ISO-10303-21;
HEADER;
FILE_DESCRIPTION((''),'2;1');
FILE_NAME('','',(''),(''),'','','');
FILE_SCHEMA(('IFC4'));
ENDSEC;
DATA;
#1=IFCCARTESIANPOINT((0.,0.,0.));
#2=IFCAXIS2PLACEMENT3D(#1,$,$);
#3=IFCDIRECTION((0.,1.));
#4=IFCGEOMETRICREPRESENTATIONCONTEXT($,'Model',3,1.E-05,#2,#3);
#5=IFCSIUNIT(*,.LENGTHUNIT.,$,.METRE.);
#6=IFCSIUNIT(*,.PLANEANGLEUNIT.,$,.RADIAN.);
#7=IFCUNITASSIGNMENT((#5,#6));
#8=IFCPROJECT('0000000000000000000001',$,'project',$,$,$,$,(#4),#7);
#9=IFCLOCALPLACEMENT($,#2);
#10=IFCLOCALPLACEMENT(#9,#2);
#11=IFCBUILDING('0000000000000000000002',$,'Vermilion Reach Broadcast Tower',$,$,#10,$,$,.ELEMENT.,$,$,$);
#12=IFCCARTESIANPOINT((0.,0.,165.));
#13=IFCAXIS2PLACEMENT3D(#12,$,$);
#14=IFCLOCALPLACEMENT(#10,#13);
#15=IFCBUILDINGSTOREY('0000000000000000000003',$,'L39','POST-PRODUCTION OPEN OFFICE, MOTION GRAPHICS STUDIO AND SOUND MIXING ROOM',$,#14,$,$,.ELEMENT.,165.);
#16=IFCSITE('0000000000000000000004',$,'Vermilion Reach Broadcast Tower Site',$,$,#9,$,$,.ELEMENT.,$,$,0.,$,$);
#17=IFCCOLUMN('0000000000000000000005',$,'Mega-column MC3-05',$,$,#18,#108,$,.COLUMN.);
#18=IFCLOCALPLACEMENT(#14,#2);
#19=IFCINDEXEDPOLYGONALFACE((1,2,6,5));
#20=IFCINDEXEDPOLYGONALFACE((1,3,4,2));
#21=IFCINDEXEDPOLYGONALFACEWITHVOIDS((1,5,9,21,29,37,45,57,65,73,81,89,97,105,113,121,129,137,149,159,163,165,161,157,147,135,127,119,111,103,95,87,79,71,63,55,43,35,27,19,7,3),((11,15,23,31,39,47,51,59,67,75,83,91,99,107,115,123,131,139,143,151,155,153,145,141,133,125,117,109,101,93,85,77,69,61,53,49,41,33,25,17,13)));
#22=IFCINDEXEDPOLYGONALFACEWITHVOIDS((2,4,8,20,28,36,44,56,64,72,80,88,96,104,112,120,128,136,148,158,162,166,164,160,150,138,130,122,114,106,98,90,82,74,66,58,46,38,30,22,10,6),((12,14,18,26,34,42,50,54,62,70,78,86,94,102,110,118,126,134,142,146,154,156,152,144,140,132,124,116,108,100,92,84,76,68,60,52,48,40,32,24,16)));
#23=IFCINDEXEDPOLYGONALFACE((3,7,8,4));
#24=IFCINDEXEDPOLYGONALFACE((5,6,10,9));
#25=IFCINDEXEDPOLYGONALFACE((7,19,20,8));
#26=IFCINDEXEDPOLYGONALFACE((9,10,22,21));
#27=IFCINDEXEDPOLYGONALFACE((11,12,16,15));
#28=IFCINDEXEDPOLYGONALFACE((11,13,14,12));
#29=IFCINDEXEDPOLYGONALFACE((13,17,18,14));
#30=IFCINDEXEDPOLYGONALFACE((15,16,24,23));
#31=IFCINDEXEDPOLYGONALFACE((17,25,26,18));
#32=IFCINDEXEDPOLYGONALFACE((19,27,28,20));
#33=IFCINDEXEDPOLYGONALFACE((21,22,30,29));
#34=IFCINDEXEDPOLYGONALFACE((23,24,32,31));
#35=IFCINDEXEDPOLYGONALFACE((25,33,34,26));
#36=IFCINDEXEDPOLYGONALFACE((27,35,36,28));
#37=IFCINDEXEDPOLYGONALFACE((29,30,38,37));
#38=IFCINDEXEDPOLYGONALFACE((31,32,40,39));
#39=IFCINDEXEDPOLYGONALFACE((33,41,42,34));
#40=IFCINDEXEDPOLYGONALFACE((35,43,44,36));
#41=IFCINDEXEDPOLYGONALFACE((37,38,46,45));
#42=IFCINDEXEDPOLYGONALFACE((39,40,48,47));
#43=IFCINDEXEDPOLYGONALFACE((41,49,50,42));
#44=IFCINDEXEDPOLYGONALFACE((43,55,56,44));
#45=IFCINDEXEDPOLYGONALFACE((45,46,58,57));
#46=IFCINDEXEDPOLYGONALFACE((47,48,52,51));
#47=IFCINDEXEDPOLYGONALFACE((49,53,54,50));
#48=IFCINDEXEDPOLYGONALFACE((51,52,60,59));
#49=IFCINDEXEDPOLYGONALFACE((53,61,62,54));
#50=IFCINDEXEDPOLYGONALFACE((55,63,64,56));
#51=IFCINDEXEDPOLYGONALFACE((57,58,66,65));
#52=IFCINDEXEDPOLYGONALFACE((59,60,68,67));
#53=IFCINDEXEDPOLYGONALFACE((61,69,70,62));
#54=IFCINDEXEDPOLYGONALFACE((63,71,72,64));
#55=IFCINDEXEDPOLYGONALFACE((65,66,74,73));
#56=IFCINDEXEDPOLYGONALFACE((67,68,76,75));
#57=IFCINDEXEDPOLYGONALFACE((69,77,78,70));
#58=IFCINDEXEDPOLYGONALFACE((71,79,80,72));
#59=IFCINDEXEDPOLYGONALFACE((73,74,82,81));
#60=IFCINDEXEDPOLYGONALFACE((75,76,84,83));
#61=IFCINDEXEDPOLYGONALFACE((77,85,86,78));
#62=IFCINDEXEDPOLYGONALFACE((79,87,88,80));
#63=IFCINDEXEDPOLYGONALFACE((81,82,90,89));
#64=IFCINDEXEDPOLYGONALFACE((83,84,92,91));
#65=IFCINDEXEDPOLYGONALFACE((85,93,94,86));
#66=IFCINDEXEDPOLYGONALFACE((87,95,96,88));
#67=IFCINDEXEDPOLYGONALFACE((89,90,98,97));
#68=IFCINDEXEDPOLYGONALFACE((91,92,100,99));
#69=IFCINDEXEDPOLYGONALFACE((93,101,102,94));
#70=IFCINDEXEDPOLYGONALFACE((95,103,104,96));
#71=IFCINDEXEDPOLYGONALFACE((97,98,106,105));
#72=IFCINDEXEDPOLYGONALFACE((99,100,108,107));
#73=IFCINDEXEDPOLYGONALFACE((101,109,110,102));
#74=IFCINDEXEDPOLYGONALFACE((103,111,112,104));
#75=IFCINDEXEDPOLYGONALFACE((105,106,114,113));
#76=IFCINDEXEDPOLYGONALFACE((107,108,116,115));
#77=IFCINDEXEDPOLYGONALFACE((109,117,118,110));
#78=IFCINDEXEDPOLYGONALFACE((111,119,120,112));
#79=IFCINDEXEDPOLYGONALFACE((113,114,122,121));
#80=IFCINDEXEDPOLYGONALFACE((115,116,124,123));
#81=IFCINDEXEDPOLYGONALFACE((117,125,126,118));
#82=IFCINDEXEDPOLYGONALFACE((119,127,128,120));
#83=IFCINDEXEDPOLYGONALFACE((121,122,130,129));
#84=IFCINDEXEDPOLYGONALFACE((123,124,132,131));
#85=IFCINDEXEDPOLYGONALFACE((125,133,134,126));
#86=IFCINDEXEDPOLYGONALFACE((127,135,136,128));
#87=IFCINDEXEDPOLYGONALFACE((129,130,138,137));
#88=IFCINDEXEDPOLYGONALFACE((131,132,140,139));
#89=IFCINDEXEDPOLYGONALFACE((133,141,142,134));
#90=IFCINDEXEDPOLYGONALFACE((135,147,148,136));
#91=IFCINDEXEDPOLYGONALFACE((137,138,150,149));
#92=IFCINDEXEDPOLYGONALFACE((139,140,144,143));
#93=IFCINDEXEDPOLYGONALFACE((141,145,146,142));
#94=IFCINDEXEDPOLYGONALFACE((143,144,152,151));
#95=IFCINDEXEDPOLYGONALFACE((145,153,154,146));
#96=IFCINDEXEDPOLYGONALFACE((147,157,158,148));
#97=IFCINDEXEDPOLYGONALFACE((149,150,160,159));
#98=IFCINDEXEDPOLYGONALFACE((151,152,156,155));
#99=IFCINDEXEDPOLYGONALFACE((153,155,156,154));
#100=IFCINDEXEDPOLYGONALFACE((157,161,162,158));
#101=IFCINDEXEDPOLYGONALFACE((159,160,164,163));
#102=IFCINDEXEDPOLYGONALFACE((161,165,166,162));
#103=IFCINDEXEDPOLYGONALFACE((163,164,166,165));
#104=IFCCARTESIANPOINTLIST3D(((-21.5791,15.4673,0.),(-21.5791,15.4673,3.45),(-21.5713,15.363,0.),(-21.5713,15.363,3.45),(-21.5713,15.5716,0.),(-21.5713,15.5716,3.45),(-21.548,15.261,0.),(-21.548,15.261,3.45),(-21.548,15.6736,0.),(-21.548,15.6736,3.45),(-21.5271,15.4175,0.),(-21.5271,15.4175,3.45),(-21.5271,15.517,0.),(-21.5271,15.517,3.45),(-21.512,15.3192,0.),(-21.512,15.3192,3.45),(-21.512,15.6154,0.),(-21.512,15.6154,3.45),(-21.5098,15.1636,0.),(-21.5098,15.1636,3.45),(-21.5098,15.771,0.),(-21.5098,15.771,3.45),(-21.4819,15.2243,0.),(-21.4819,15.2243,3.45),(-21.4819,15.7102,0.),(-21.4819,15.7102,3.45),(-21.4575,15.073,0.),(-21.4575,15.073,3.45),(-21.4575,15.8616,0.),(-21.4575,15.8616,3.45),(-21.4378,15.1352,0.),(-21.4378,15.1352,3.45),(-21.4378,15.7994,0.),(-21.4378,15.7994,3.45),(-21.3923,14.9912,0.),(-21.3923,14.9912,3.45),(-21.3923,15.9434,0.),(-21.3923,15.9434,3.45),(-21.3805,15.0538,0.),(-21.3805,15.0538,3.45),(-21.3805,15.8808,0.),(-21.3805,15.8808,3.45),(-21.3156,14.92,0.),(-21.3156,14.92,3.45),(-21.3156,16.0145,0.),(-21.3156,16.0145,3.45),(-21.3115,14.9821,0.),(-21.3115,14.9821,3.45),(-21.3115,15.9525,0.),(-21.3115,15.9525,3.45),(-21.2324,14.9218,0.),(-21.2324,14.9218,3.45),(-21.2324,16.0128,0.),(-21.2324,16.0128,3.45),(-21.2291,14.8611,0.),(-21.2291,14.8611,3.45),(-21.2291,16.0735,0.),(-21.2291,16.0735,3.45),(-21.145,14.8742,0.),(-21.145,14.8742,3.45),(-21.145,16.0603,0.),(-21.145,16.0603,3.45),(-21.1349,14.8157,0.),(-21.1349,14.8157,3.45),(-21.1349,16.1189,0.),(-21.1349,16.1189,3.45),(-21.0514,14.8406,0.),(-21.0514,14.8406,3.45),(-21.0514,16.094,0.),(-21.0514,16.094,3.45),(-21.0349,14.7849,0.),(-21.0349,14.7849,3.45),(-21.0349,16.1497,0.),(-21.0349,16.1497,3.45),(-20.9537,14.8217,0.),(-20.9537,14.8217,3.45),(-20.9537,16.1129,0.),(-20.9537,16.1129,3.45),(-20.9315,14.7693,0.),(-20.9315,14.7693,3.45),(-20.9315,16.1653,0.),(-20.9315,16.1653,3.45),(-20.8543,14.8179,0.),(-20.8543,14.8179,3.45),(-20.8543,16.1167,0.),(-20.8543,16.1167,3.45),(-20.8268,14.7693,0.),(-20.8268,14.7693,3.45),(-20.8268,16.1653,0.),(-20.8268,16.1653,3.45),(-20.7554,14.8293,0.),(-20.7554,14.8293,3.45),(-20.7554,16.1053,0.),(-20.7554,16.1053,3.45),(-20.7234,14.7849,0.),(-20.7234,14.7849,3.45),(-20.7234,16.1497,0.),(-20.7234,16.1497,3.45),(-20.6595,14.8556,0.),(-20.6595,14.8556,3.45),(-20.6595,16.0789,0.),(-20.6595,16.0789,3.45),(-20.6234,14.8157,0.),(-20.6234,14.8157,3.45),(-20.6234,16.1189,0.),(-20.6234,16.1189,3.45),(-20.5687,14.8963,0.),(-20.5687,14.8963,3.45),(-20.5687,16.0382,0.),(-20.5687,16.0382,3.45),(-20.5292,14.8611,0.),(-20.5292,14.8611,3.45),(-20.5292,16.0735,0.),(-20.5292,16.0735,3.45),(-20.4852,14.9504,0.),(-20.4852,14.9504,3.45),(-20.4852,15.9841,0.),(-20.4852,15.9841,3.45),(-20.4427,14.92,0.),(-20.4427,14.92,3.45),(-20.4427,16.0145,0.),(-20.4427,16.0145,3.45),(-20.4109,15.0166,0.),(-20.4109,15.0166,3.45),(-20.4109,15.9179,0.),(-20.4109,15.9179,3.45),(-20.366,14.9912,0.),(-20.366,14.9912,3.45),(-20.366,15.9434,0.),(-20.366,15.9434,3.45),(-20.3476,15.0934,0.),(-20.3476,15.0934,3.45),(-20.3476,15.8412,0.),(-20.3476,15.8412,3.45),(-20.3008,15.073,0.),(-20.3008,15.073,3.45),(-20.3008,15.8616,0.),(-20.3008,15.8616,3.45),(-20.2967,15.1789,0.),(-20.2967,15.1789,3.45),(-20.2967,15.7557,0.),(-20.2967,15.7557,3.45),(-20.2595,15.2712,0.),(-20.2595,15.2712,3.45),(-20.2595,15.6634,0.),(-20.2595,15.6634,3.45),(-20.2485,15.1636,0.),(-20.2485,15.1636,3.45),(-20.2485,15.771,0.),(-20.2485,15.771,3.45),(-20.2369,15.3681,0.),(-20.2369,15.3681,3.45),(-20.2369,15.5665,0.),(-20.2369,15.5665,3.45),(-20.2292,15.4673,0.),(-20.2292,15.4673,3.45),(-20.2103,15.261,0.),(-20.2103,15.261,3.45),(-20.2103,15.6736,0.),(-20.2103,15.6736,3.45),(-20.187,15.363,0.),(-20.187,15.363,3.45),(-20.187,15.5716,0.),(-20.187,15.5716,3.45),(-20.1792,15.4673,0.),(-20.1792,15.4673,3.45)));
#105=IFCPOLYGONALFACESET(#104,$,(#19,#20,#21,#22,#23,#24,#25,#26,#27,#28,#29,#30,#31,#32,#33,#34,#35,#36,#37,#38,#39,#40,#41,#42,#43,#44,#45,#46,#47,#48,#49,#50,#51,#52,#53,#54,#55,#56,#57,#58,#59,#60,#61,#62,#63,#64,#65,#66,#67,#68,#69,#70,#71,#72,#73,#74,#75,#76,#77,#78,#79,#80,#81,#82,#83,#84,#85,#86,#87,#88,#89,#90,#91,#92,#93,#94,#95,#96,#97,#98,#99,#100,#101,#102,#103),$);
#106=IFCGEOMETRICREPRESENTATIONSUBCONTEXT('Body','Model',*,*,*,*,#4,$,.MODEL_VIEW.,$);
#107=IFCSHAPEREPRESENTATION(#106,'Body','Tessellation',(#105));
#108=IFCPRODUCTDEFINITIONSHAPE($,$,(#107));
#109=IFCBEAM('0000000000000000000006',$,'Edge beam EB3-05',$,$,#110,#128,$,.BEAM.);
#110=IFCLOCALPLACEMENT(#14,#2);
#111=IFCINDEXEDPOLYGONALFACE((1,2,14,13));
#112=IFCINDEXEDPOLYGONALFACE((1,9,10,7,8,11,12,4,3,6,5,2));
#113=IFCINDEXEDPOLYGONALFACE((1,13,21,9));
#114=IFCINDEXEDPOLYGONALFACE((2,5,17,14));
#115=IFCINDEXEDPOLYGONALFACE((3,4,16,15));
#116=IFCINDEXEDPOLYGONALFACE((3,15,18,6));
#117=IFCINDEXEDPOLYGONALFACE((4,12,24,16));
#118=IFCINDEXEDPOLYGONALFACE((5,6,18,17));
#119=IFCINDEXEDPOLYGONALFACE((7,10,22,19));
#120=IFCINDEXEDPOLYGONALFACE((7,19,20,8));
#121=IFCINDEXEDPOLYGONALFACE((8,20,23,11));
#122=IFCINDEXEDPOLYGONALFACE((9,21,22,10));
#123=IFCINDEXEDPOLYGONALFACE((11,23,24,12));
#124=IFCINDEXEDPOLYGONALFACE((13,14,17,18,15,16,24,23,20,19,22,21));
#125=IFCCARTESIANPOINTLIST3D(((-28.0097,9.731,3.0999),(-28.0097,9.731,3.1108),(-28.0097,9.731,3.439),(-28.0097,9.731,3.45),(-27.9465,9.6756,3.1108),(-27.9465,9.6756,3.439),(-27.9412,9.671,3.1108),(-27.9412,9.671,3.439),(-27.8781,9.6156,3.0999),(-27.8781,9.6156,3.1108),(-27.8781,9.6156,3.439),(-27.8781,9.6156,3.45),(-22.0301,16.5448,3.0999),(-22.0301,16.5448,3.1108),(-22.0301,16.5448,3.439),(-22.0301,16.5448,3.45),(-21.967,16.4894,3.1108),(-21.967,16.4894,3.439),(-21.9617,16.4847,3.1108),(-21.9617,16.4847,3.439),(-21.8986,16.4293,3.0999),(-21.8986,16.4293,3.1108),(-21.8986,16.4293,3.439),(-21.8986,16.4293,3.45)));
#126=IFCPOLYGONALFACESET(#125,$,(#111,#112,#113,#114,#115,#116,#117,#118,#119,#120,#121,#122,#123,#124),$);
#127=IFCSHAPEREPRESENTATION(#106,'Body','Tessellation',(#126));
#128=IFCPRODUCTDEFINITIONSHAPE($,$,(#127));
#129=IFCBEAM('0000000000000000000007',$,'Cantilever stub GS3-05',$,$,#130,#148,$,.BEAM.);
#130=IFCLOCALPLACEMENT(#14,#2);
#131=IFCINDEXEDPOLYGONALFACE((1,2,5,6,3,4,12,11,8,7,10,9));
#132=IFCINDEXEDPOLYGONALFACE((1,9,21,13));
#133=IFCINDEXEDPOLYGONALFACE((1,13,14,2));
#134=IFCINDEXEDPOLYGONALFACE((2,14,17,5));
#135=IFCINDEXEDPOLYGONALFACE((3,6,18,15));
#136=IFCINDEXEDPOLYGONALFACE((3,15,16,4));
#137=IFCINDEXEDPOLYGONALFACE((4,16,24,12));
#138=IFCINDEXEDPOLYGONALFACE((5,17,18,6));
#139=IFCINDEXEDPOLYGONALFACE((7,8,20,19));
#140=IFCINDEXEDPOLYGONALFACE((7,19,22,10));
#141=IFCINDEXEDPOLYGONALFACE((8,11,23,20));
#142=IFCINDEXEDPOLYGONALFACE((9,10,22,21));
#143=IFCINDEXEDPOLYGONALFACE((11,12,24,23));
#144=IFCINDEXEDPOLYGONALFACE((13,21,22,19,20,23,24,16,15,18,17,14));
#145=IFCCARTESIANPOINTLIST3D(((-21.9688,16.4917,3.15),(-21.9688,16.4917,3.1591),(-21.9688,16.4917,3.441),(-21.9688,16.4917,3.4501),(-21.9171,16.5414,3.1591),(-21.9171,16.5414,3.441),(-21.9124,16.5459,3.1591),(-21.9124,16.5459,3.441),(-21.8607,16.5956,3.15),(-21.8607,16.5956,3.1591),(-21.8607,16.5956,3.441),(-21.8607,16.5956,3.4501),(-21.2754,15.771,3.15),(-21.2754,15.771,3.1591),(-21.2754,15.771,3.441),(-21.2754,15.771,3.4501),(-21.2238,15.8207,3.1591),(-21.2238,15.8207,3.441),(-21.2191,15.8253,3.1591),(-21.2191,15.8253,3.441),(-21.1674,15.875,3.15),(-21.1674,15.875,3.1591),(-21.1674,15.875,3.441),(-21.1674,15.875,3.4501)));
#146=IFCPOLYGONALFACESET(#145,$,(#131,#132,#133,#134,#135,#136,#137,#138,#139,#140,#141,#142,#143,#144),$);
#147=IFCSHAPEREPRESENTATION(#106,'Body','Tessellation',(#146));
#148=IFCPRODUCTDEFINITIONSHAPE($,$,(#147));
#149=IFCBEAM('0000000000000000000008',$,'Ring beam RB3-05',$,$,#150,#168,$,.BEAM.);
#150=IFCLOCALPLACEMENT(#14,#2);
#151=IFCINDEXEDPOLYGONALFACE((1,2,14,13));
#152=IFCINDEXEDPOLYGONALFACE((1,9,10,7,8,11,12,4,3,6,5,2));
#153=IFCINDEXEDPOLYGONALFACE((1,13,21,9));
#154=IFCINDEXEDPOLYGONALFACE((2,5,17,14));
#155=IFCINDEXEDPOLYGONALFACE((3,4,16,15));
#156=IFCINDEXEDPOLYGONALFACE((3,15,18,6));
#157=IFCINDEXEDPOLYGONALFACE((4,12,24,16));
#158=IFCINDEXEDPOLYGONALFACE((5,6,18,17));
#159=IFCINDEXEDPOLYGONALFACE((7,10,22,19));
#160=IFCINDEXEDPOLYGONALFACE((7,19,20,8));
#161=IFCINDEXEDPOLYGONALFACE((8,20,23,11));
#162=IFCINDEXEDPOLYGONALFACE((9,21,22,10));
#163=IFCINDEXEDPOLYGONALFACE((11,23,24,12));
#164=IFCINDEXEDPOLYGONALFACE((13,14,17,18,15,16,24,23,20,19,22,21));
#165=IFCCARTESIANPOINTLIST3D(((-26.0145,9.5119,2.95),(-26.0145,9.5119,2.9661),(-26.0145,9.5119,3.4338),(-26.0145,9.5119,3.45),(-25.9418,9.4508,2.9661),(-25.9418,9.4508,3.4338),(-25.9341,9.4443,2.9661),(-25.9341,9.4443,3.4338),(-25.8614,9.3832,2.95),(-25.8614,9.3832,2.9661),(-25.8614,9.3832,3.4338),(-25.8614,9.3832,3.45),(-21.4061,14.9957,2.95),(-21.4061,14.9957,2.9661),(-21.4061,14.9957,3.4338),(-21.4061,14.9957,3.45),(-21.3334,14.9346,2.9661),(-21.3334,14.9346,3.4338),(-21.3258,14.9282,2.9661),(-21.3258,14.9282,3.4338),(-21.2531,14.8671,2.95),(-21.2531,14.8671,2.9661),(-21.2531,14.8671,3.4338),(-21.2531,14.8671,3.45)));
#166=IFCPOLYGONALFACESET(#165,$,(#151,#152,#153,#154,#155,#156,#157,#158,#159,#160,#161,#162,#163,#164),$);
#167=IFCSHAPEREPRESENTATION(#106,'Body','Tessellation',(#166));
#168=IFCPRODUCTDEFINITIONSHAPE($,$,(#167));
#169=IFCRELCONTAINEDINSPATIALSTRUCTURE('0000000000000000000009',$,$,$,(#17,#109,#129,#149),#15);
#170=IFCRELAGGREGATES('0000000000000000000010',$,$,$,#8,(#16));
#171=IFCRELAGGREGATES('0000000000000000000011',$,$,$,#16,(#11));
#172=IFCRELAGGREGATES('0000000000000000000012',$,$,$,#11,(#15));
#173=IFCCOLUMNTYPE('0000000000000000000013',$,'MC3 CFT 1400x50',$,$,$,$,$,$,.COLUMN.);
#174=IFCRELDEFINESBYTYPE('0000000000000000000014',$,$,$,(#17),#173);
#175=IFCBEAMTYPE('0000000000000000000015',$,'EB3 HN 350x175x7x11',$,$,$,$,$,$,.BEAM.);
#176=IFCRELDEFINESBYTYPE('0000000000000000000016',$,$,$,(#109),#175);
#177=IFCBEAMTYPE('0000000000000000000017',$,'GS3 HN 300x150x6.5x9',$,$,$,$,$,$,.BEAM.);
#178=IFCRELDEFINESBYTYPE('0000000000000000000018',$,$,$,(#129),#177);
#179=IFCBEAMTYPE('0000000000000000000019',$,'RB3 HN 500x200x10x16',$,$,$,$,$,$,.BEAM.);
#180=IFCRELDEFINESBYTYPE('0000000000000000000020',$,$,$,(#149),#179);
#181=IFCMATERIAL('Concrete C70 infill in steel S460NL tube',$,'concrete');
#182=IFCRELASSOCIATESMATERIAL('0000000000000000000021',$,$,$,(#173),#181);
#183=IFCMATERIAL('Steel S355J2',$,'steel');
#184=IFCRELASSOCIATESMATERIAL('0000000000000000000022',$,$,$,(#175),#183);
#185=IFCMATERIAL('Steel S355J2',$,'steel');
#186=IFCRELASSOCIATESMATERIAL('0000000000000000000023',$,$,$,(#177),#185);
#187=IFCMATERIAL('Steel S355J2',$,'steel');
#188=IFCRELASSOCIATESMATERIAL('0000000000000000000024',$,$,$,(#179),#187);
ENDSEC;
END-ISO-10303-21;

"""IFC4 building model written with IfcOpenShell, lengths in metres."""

from ifc_helpers import new_model, si_unit, direction, frame, origin, origin_2d, place, context, subcontext, project, spatial, hollow_circle, i_section, extrude, material, material_profile, profile_set, type_object, element, save


model = new_model("IFC4")

# Units and contexts
model_context = context("Model", 3, precision=1e-05, world=origin(), true_north=direction((0.0, 1.0)))
body_context = subcontext(model_context, "Body", "Model", "MODEL_VIEW")
ifc_project = project(units=[si_unit("LENGTHUNIT", "METRE"), si_unit("PLANEANGLEUNIT", "RADIAN")], contexts=[model_context])

# Site, building, storey
site_placement = place(None, origin())
site = spatial("IfcSite", under=ifc_project, at=site_placement, Name="Vermilion Reach Broadcast Tower Site", CompositionType="ELEMENT", RefElevation=0.0)
building_placement = place(site_placement, origin())
building = spatial("IfcBuilding", under=site, at=building_placement, Name="Vermilion Reach Broadcast Tower", CompositionType="ELEMENT")
storey_placement = place(building_placement, frame((0.0, 0.0, 165.0)))
storey = spatial("IfcBuildingStorey", under=building, at=storey_placement, Name="L39", Description="POST-PRODUCTION OPEN OFFICE, MOTION GRAPHICS STUDIO AND SOUND MIXING ROOM", CompositionType="ELEMENT", Elevation=165.0)

# Column
ifc_material_1 = material(Name="Concrete C70 infill in steel S460NL tube", Category="concrete")
ifc_material_profile_1 = material_profile(ifc_material_1, hollow_circle(Radius=0.7, WallThickness=0.05, at=origin_2d()), Name="Concrete C70 infill in steel S460NL tube CFT 1400x50")
ifc_profile_set_1 = profile_set([ifc_material_profile_1], Name="Concrete C70 infill in steel S460NL tube")
column_type = type_object("IfcColumnType", Name="MC3 CFT 1400x50", PredefinedType="COLUMN", material=ifc_profile_set_1)
column_placement = place(storey_placement, frame((-20.8792, 15.4673, 0.0), z_axis=(0.0, 0.0, 1.0), x_axis=(1.0, 0.0, 0.0)))
element("IfcColumn", 1, at=column_placement, inside=storey, type_object=column_type, Name="Mega-column MC3-05", PredefinedType="COLUMN", context=body_context, shape_type="SweptSolid", body=[
    extrude(hollow_circle(Radius=0.7, WallThickness=0.05, at=origin_2d()), origin(), (0.0, 0.0, 1.0), 3.45),
])

# Beams
ifc_material_2 = material(Name="Steel S355J2", Category="steel")
ifc_material_profile_2 = material_profile(ifc_material_2, i_section(OverallWidth=0.175, OverallDepth=0.3501, WebThickness=0.0071, FlangeThickness=0.011, at=origin_2d()), Name="S355J2 HN 350x175x7x11")
ifc_profile_set_2 = profile_set([ifc_material_profile_2], Name="Steel S355J2")
beam_type_1 = type_object("IfcBeamType", Name="EB3 HN 350x175x7x11", PredefinedType="BEAM", material=ifc_profile_set_2)
beam_1_placement = place(storey_placement, frame((-21.9644, 16.4871, 3.2749), z_axis=(-0.659596, -0.75162, 0.0), x_axis=(0.75162, -0.659596, 0.0)))
element("IfcBeam", 2, at=beam_1_placement, inside=storey, type_object=beam_type_1, Name="Edge beam EB3-05", PredefinedType="BEAM", context=body_context, shape_type="SweptSolid", body=[
    extrude(i_section(OverallWidth=0.175, OverallDepth=0.3501, WebThickness=0.0071, FlangeThickness=0.011, at=origin_2d()), origin(), (0.0, 0.0, 1.0), 9.0654),
])
ifc_material_3 = material(Name="Steel S355J2", Category="steel")
ifc_material_profile_3 = material_profile(ifc_material_3, i_section(OverallWidth=0.1499, OverallDepth=0.3, WebThickness=0.0066, FlangeThickness=0.009, at=origin_2d()), Name="S355J2 HN 300x150x6.5x9")
ifc_profile_set_3 = profile_set([ifc_material_profile_3], Name="Steel S355J2")
beam_type_2 = type_object("IfcBeamType", Name="GS3 HN 300x150x6.5x9", PredefinedType="BEAM", material=ifc_profile_set_3)
beam_2_placement = place(storey_placement, frame((-21.2214, 15.823, 3.3), z_axis=(-0.693304, 0.720645, 0.0), x_axis=(-0.720645, -0.693304, 0.0)))
element("IfcBeam", 3, at=beam_2_placement, inside=storey, type_object=beam_type_2, Name="Cantilever stub GS3-05", PredefinedType="BEAM", context=body_context, shape_type="SweptSolid", body=[
    extrude(i_section(OverallWidth=0.1499, OverallDepth=0.3, WebThickness=0.0066, FlangeThickness=0.009, at=origin_2d()), origin(), (0.0, 0.0, 1.0), 1.0),
])
ifc_material_4 = material(Name="Steel S355J2", Category="steel")
ifc_material_profile_4 = material_profile(ifc_material_4, i_section(OverallWidth=0.2, OverallDepth=0.5, WebThickness=0.01, FlangeThickness=0.0161, at=origin_2d()), Name="S355J2 HN 500x200x10x16")
ifc_profile_set_4 = profile_set([ifc_material_profile_4], Name="Steel S355J2")
beam_type_3 = type_object("IfcBeamType", Name="RB3 HN 500x200x10x16", PredefinedType="BEAM", material=ifc_profile_set_4)
beam_3_placement = place(storey_placement, frame((-21.3296, 14.9314, 3.2), z_axis=(-0.64335, -0.765572, 0.0), x_axis=(0.765572, -0.64335, 0.0)))
element("IfcBeam", 4, at=beam_3_placement, inside=storey, type_object=beam_type_3, Name="Ring beam RB3-05", PredefinedType="BEAM", context=body_context, shape_type="SweptSolid", body=[
    extrude(i_section(OverallWidth=0.2, OverallDepth=0.5, WebThickness=0.01, FlangeThickness=0.0161, at=origin_2d()), origin(), (0.0, 0.0, 1.0), 7.1631),
])

save(model, "model.ifc")
